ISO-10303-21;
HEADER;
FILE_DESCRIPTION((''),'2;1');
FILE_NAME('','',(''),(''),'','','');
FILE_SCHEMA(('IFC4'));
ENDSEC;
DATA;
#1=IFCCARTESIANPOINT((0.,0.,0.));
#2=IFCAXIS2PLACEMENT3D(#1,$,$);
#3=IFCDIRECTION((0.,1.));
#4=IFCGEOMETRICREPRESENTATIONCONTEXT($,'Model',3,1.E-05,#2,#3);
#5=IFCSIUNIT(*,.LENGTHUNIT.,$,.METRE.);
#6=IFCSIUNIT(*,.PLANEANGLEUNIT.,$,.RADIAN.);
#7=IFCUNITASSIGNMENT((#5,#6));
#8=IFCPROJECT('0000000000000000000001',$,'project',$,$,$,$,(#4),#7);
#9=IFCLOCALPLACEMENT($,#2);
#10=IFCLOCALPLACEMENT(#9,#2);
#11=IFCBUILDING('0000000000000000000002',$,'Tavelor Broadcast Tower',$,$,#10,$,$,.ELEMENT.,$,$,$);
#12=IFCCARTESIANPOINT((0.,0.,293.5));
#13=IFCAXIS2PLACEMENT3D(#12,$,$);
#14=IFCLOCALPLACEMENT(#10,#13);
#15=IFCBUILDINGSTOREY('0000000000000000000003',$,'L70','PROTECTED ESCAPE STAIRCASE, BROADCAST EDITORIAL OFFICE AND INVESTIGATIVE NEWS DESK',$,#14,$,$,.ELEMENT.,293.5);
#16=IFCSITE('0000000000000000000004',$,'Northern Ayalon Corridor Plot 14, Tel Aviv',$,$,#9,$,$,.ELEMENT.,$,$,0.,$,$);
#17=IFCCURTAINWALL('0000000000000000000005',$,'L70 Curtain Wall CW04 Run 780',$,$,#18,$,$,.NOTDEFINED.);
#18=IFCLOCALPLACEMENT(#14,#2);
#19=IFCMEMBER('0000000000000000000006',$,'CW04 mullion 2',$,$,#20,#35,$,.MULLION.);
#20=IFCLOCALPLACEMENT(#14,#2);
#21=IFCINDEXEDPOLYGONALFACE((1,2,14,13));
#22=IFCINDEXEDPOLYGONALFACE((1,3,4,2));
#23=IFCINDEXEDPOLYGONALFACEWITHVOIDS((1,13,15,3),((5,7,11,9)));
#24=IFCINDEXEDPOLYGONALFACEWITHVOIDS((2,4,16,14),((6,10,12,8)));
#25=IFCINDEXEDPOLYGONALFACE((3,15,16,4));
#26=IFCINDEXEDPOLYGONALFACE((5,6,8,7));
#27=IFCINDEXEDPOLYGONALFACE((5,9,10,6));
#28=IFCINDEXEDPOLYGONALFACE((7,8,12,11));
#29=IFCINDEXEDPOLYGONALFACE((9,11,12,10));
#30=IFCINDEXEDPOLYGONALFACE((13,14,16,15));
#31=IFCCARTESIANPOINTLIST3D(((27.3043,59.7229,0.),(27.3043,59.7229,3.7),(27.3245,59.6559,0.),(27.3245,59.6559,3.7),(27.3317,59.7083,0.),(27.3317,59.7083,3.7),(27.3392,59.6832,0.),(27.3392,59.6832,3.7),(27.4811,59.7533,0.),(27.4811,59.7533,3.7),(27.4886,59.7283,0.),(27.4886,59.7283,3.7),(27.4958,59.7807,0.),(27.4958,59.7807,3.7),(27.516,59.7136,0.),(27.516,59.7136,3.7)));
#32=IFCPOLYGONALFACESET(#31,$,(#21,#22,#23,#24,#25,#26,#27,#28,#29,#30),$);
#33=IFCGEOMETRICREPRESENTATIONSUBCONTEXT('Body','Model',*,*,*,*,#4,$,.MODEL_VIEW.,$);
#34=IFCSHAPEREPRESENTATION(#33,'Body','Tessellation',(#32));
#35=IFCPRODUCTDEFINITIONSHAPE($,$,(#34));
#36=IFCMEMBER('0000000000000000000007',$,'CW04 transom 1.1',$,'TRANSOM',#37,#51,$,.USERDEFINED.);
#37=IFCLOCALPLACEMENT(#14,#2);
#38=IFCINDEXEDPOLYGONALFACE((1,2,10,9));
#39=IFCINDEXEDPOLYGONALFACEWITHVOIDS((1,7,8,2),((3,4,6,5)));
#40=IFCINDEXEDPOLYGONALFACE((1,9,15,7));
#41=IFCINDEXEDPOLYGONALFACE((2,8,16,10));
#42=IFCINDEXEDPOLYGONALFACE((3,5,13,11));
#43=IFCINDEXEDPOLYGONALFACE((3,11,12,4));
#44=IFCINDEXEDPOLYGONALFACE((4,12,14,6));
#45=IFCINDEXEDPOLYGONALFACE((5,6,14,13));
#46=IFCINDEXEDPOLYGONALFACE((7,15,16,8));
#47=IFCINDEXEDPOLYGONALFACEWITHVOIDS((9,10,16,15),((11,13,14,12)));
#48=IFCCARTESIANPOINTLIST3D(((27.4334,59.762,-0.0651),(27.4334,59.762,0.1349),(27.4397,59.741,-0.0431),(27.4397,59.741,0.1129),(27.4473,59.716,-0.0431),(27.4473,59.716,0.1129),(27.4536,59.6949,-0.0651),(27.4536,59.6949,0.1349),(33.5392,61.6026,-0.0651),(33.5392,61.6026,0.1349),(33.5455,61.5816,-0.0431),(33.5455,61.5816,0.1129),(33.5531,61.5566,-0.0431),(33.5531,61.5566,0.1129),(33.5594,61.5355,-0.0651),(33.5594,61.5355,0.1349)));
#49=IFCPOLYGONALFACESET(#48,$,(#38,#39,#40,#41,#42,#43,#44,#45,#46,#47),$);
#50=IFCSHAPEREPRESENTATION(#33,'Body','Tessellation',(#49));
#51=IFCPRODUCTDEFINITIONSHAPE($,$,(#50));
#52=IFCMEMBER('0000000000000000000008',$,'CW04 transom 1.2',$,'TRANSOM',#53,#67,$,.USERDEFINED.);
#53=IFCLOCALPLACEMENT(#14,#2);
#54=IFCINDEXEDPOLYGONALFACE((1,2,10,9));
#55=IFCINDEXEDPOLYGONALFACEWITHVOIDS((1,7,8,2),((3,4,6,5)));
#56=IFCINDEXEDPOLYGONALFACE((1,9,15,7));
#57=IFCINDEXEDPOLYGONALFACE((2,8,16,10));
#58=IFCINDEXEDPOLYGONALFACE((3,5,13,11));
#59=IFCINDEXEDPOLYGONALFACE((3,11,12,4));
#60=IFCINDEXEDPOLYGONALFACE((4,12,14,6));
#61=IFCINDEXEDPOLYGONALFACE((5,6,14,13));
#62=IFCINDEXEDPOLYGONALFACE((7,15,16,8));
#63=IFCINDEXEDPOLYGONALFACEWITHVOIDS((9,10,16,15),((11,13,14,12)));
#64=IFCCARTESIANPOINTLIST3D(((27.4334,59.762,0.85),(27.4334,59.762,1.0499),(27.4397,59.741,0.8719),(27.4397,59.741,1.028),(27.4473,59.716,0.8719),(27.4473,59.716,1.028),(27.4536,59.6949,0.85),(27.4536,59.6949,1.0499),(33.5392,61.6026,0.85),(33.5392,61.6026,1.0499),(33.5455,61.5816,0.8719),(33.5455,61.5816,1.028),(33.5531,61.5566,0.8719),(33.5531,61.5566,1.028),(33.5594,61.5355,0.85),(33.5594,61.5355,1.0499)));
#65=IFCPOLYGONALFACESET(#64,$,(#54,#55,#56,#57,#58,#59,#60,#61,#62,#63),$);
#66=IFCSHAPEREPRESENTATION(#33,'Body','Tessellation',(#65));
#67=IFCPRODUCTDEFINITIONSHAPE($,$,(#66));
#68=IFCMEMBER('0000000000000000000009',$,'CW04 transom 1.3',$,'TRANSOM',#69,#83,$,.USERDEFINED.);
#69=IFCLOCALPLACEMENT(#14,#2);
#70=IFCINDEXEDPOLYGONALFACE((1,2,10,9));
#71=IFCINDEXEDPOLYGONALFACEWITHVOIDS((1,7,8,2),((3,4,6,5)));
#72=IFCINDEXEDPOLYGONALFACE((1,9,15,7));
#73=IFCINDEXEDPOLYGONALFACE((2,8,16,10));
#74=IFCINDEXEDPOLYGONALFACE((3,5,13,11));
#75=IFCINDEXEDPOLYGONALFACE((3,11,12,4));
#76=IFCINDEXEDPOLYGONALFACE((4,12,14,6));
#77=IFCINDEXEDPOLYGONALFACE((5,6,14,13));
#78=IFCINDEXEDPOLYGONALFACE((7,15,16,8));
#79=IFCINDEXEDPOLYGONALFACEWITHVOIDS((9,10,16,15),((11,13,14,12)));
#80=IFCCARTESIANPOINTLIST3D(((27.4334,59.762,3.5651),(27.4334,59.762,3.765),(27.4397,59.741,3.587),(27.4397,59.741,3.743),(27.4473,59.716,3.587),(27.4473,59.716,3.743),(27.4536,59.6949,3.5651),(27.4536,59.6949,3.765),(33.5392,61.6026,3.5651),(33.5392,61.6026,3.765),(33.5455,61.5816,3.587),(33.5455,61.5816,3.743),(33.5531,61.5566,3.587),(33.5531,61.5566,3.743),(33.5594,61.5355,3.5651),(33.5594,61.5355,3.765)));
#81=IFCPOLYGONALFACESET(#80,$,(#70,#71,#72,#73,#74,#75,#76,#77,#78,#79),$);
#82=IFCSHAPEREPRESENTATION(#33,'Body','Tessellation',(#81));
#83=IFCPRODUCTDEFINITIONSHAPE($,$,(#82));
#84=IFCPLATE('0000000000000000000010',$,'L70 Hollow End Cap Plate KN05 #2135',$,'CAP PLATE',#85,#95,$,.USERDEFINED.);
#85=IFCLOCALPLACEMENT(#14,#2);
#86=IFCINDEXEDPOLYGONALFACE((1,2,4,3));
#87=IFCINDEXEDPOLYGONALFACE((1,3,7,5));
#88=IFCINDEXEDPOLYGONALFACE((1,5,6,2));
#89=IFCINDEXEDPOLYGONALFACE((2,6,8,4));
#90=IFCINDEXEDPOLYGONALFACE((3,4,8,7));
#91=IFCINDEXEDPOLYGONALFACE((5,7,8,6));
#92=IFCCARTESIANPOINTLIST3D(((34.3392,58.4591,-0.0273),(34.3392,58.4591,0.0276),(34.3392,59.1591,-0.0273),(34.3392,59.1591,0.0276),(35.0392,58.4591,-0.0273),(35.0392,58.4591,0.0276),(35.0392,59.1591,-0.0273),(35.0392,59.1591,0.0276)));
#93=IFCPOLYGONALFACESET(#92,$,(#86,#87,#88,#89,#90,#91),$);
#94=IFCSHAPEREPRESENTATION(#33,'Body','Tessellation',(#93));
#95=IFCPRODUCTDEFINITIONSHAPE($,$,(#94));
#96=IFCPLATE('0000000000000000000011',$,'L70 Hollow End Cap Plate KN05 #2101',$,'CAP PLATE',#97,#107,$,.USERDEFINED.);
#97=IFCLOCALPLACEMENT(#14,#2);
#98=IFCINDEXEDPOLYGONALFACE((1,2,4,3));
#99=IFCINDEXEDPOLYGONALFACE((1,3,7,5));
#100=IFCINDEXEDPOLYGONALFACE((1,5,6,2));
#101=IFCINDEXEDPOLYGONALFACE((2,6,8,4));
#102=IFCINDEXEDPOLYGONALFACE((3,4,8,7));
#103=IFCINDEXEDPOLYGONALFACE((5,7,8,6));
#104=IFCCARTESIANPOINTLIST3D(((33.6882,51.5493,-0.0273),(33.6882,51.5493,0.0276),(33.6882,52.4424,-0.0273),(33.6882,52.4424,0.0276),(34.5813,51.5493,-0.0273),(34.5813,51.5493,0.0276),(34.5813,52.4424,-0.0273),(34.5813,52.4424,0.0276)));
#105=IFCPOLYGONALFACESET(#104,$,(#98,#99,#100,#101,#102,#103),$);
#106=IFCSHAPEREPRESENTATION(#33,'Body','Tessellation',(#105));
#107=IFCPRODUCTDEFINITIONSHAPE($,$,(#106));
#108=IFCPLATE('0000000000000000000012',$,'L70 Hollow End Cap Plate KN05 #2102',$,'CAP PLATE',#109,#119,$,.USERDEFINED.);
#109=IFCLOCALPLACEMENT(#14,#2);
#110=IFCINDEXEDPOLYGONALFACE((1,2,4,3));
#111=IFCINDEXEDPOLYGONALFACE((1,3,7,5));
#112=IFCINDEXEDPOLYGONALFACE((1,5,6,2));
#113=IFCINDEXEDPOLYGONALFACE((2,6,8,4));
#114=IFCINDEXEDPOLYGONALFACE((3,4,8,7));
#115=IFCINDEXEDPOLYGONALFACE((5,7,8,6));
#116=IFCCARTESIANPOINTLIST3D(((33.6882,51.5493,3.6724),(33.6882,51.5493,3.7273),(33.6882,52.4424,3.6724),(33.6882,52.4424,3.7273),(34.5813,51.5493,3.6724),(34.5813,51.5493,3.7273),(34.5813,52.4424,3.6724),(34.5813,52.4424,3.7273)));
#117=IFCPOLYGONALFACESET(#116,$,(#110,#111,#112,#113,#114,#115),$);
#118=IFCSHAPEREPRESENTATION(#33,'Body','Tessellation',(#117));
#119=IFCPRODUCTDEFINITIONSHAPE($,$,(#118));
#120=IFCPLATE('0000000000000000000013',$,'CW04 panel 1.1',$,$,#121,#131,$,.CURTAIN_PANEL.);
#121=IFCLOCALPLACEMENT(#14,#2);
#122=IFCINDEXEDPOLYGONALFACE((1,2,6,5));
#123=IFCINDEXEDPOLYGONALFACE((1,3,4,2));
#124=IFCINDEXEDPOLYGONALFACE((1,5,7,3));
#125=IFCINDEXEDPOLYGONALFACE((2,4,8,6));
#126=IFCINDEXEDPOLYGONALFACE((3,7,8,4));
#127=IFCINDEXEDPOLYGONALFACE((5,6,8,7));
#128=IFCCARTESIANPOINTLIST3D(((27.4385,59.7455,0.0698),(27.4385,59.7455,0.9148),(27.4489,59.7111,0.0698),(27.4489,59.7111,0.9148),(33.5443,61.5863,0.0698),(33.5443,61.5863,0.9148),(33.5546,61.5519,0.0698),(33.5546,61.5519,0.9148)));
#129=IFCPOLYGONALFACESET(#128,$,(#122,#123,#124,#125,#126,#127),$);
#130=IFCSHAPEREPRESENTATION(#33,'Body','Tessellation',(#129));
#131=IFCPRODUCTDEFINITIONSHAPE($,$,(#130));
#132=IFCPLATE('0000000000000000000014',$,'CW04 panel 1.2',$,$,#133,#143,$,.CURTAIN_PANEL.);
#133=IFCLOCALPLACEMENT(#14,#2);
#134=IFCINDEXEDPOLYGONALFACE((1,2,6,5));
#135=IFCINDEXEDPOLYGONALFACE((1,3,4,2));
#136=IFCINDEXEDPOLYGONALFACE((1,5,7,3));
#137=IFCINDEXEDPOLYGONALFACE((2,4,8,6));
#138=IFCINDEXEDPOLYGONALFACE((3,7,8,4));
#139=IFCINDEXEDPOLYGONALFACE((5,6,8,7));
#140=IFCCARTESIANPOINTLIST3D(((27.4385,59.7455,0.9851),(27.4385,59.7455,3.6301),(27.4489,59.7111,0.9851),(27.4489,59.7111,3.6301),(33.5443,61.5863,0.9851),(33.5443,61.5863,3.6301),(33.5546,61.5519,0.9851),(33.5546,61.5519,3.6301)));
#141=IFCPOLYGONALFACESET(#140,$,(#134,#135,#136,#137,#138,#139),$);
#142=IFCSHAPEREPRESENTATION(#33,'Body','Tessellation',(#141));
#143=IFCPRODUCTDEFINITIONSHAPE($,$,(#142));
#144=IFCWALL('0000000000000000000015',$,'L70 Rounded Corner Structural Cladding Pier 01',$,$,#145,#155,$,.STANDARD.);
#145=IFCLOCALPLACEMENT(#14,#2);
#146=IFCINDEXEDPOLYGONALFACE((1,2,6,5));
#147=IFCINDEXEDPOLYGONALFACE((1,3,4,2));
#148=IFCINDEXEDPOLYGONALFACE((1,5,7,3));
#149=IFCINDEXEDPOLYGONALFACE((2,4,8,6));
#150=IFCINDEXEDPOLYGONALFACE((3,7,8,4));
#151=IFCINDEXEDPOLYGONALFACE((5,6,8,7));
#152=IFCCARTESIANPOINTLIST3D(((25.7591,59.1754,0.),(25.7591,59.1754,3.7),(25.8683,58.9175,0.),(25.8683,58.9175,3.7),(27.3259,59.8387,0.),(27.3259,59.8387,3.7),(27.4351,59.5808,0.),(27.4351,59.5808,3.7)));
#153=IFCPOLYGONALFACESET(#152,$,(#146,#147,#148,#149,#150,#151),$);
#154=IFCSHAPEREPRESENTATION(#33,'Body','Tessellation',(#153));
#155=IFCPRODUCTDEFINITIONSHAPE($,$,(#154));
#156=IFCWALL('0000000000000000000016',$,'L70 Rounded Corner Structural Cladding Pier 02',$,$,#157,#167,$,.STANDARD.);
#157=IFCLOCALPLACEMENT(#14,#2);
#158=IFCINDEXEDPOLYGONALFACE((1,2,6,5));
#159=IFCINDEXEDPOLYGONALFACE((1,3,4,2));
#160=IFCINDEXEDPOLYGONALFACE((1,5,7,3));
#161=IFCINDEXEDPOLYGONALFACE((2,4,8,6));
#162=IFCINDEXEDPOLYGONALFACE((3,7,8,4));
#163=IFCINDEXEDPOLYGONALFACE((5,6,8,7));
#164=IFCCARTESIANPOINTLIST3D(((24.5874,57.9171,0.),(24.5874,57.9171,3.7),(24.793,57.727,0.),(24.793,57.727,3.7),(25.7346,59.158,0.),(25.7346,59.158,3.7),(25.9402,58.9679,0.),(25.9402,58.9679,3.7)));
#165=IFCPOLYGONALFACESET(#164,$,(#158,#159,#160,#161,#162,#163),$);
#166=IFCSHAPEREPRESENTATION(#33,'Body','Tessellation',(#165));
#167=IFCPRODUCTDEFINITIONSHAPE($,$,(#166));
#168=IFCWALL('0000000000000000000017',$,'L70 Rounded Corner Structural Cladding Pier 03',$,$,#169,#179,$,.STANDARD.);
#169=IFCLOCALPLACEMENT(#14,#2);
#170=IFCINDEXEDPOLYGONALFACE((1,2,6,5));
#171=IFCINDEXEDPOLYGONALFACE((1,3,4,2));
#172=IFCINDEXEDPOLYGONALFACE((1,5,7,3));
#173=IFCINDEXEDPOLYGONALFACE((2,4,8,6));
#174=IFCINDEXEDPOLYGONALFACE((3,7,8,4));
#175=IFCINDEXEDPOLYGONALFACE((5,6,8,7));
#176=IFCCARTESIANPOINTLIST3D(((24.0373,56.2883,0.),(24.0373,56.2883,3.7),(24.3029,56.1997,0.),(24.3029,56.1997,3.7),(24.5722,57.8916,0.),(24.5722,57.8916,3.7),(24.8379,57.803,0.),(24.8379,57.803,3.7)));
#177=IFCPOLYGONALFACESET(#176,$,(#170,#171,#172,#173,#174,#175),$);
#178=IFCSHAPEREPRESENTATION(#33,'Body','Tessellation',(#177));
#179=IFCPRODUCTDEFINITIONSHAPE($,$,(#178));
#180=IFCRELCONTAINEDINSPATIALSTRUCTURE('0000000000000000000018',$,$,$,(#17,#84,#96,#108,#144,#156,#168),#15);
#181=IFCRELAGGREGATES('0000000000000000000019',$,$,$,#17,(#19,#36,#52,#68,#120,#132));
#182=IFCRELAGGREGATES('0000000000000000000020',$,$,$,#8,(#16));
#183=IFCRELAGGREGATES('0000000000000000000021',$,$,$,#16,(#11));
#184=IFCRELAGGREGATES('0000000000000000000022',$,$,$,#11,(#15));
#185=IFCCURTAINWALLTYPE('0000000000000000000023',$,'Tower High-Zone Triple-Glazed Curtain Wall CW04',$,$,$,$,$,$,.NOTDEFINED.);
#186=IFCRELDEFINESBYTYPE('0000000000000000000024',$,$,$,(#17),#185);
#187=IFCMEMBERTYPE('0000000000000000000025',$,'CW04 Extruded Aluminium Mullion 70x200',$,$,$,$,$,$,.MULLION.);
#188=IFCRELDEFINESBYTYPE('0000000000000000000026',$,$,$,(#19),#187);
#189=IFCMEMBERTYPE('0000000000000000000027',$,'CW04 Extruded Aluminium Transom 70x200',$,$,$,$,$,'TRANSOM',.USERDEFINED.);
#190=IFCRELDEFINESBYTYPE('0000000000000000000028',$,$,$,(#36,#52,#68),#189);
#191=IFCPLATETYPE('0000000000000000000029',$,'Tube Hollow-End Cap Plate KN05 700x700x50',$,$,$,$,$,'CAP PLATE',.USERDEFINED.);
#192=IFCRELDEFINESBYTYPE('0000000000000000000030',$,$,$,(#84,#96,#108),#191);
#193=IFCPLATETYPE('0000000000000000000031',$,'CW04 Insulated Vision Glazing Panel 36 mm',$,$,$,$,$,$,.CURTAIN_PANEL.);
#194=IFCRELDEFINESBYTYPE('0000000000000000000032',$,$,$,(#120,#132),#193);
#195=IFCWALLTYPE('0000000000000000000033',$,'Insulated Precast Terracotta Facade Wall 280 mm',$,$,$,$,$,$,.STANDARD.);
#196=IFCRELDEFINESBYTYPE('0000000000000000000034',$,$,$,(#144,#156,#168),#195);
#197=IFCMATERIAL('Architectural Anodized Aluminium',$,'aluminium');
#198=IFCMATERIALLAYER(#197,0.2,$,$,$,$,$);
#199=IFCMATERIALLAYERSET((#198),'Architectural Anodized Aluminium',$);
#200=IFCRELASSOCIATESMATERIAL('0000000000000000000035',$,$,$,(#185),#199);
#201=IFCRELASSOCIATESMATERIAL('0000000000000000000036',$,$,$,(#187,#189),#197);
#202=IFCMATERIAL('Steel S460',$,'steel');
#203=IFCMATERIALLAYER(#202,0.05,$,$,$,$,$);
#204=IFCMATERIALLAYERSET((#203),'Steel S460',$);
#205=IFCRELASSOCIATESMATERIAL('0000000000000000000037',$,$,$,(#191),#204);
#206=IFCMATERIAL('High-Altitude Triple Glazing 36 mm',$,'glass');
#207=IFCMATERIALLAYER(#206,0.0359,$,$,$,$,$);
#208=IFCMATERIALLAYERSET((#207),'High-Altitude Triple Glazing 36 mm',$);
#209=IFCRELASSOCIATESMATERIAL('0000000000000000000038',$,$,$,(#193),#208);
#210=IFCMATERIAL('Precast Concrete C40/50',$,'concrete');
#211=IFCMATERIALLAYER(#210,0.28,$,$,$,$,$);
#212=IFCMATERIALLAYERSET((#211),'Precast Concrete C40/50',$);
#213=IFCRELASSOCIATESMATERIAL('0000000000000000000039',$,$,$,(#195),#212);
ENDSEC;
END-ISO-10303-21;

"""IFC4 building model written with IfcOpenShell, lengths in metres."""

from ifc_helpers import new_model, si_unit, direction, frame, frame_2d, origin, origin_2d, place, context, subcontext, project, spatial, rectangle, hollow_rectangle, extrude, source, transform, mapped, material, layer, layer_set, material_profile, profile_set, type_object, type_shapes, element, aggregate, save


model = new_model("IFC4")

# Units and contexts
model_context = context("Model", 3, precision=1e-05, world=origin(), true_north=direction((0.0, 1.0)))
body_context = subcontext(model_context, "Body", "Model", "MODEL_VIEW")
ifc_project = project(units=[si_unit("LENGTHUNIT", "METRE"), si_unit("PLANEANGLEUNIT", "RADIAN")], contexts=[model_context])

# Site, building, storey
site_placement = place(None, origin())
site = spatial("IfcSite", under=ifc_project, at=site_placement, Name="Northern Ayalon Corridor Plot 14, Tel Aviv", CompositionType="ELEMENT", RefElevation=0.0)
building_placement = place(site_placement, origin())
building = spatial("IfcBuilding", under=site, at=building_placement, Name="Tavelor Broadcast Tower", CompositionType="ELEMENT")
storey_placement = place(building_placement, frame((0.0, 0.0, 293.5)))
storey = spatial("IfcBuildingStorey", under=building, at=storey_placement, Name="L70", Description="PROTECTED ESCAPE STAIRCASE, BROADCAST EDITORIAL OFFICE AND INVESTIGATIVE NEWS DESK", CompositionType="ELEMENT", Elevation=293.5)

# Shared definitions
ifc_material_1 = material(Name="Steel S460", Category="steel")

# Shared definitions
ifc_material_2 = material(Name="Architectural Anodized Aluminium", Category="aluminium")
ifc_layer_1 = layer(ifc_material_2, 0.2)
ifc_layer_set_1 = layer_set([ifc_layer_1], Name="Architectural Anodized Aluminium")
curtain_wall_type = type_object("IfcCurtainWallType", Name="Tower High-Zone Triple-Glazed Curtain Wall CW04", PredefinedType="NOTDEFINED", material=ifc_layer_set_1)
ifc_material_profile_1 = material_profile(ifc_material_2, hollow_rectangle(XDim=0.0701, YDim=0.2, WallThickness=0.022, at=origin_2d()), Name="RHS 70x200x22")
ifc_profile_set_1 = profile_set([ifc_material_profile_1], Name="Architectural Anodized Aluminium")
member_type_1 = type_object("IfcMemberType", Name="CW04 Extruded Aluminium Mullion 70x200", PredefinedType="MULLION", material=ifc_profile_set_1)
shared_shape_1 = source(origin(), body_context, "Body", "SweptSolid", [
    extrude(hollow_rectangle(XDim=0.0701, YDim=0.2, WallThickness=0.022, at=origin_2d()), origin(), (0.0, 0.0, 1.0), 3.7),
])
type_shapes(member_type_1, [shared_shape_1])

# Curtain wall, members
curtain_wall_1_placement = place(storey_placement, origin())
curtain_wall_1 = element("IfcCurtainWall", 1, at=curtain_wall_1_placement, inside=storey, type_object=curtain_wall_type, Name="L70 Curtain Wall CW04 Run 780", PredefinedType="NOTDEFINED")
member_1_placement = place(storey_placement, frame((27.4102, 59.7183, 0.0), z_axis=(0.0, 0.0, 1.0), x_axis=(0.288651, -0.957434, 0.0)))
member_1 = element("IfcMember", 2, at=member_1_placement, type_object=member_type_1, Name="CW04 mullion 2", PredefinedType="MULLION", context=body_context, shape_type="MappedRepresentation", body=[
    mapped(shared_shape_1, transform((0.0, 0.0, 0.0), scale=1.0)),
])
ifc_material_profile_2 = material_profile(ifc_material_2, hollow_rectangle(XDim=0.0701, YDim=0.2, WallThickness=0.022, at=origin_2d()), Name="RHS 70x200x22")
ifc_profile_set_2 = profile_set([ifc_material_profile_2], Name="Architectural Anodized Aluminium")
member_type_2 = type_object("IfcMemberType", Name="CW04 Extruded Aluminium Transom 70x200", ElementType="TRANSOM", PredefinedType="USERDEFINED", material=ifc_profile_set_2)
shared_shape_2 = source(origin(), body_context, "Body", "SweptSolid", [
    extrude(hollow_rectangle(XDim=0.0701, YDim=0.2, WallThickness=0.022, at=origin_2d()), origin(), (0.0, 0.0, 1.0), 6.3772),
])
type_shapes(member_type_2, [shared_shape_2])
member_2_placement = place(storey_placement, frame((33.5493, 61.5691, 0.0349), z_axis=(-0.957443, -0.288623, 0.0), x_axis=(0.288623, -0.957443, 0.0)))
member_2 = element("IfcMember", 3, at=member_2_placement, type_object=member_type_2, Name="CW04 transom 1.1", ObjectType="TRANSOM", PredefinedType="USERDEFINED", context=body_context, shape_type="MappedRepresentation", body=[
    mapped(shared_shape_2, transform((0.0, 0.0, 0.0), scale=1.0)),
])
member_3_placement = place(storey_placement, frame((33.5493, 61.5691, 0.95), z_axis=(-0.957443, -0.288623, 0.0), x_axis=(0.288623, -0.957443, 0.0)))
member_3 = element("IfcMember", 4, at=member_3_placement, type_object=member_type_2, Name="CW04 transom 1.2", ObjectType="TRANSOM", PredefinedType="USERDEFINED", context=body_context, shape_type="MappedRepresentation", body=[
    mapped(shared_shape_2, transform((0.0, 0.0, 0.0), scale=1.0)),
])
member_4_placement = place(storey_placement, frame((33.5493, 61.5691, 3.665), z_axis=(-0.957443, -0.288623, 0.0), x_axis=(0.288623, -0.957443, 0.0)))
member_4 = element("IfcMember", 5, at=member_4_placement, type_object=member_type_2, Name="CW04 transom 1.3", ObjectType="TRANSOM", PredefinedType="USERDEFINED", context=body_context, shape_type="MappedRepresentation", body=[
    mapped(shared_shape_2, transform((0.0, 0.0, 0.0), scale=1.0)),
])

# Plates
ifc_layer_2 = layer(ifc_material_1, 0.05)
ifc_layer_set_2 = layer_set([ifc_layer_2], Name="Steel S460")
plate_type_1 = type_object("IfcPlateType", Name="Tube Hollow-End Cap Plate KN05 700x700x50", ElementType="CAP PLATE", PredefinedType="USERDEFINED", material=ifc_layer_set_2)
shared_shape_3 = source(origin(), body_context, "Body", "SweptSolid", [
    extrude(rectangle(XDim=0.7, YDim=0.7, at=origin_2d()), origin(), (0.0, 0.0, 1.0), 0.0549),
])
plate_1_placement = place(storey_placement, frame((34.6892, 58.8091, -0.0273), z_axis=(0.0, 0.0, 1.0), x_axis=(1.0, 0.0, 0.0)))
element("IfcPlate", 6, at=plate_1_placement, inside=storey, type_object=plate_type_1, Name="L70 Hollow End Cap Plate KN05 #2135", ObjectType="CAP PLATE", PredefinedType="USERDEFINED", context=body_context, shape_type="MappedRepresentation", body=[
    mapped(shared_shape_3, transform((0.0, 0.0, 0.0), scale=1.0)),
])
shared_shape_4 = source(origin(), body_context, "Body", "SweptSolid", [
    extrude(rectangle(XDim=0.8931, YDim=0.8931, at=origin_2d()), origin(), (0.0, 0.0, 1.0), 0.0549),
])
type_shapes(plate_type_1, [shared_shape_3, shared_shape_4])
for number, where, z_axis, x_axis, name in (
    (7, (34.1348, 51.9958, -0.0273), (0.0, 0.0, 1.0), (1.0, 0.0, 0.0), "L70 Hollow End Cap Plate KN05 #2101"),
    (8, (34.1348, 51.9958, 3.6724), (0.0, 0.0, 1.0), (1.0, 0.0, 0.0), "L70 Hollow End Cap Plate KN05 #2102"),
):
    element("IfcPlate", number, at=place(storey_placement, frame(where, z_axis=z_axis, x_axis=x_axis)), inside=storey, type_object=plate_type_1, Name=name, ObjectType="CAP PLATE", PredefinedType="USERDEFINED", context=body_context, shape_type="MappedRepresentation", body=[
        mapped(shared_shape_4, transform((0.0, 0.0, 0.0), scale=1.0)),
    ])

# Plates
ifc_material_3 = material(Name="High-Altitude Triple Glazing 36 mm", Category="glass")
ifc_layer_3 = layer(ifc_material_3, 0.0359)
ifc_layer_set_3 = layer_set([ifc_layer_3], Name="High-Altitude Triple Glazing 36 mm")
plate_type_2 = type_object("IfcPlateType", Name="CW04 Insulated Vision Glazing Panel 36 mm", PredefinedType="CURTAIN_PANEL", material=ifc_layer_set_3)
shared_shape_5 = source(origin(), body_context, "Body", "SweptSolid", [
    extrude(rectangle(XDim=6.3772, YDim=0.0359, at=origin_2d()), origin(), (0.0, 0.0, 1.0), 0.845),
])
plate_2_placement = place(storey_placement, frame((30.4966, 60.6487, 0.0698), z_axis=(0.0, 0.0, 1.0), x_axis=(-0.957434, -0.288651, 0.0)))
plate_2 = element("IfcPlate", 9, at=plate_2_placement, type_object=plate_type_2, Name="CW04 panel 1.1", PredefinedType="CURTAIN_PANEL", context=body_context, shape_type="MappedRepresentation", body=[
    mapped(shared_shape_5, transform((0.0, 0.0, 0.0), scale=1.0)),
])
shared_shape_6 = source(origin(), body_context, "Body", "SweptSolid", [
    extrude(rectangle(XDim=6.3772, YDim=0.0359, at=origin_2d()), origin(), (0.0, 0.0, 1.0), 2.645),
])
type_shapes(plate_type_2, [shared_shape_5, shared_shape_6])
plate_3_placement = place(storey_placement, frame((30.4966, 60.6487, 0.9851), z_axis=(0.0, 0.0, 1.0), x_axis=(-0.957434, -0.288651, 0.0)))
plate_3 = element("IfcPlate", 10, at=plate_3_placement, type_object=plate_type_2, Name="CW04 panel 1.2", PredefinedType="CURTAIN_PANEL", context=body_context, shape_type="MappedRepresentation", body=[
    mapped(shared_shape_6, transform((0.0, 0.0, 0.0), scale=1.0)),
])
aggregate(curtain_wall_1, [member_1, member_2, member_3, member_4, plate_2, plate_3])

# Walls
ifc_material_4 = material(Name="Precast Concrete C40/50", Category="concrete")
ifc_layer_4 = layer(ifc_material_4, 0.28)
ifc_layer_set_4 = layer_set([ifc_layer_4], Name="Precast Concrete C40/50")
wall_type_1 = type_object("IfcWallType", Name="Insulated Precast Terracotta Facade Wall 280 mm", PredefinedType="STANDARD", material=ifc_layer_set_4)
wall_1_placement = place(storey_placement, frame((27.3804, 59.7097, 0.0), z_axis=(0.0, 0.0, 1.0), x_axis=(-0.92088, -0.389846, 0.0)))
element("IfcWall", 11, at=wall_1_placement, inside=storey, type_object=wall_type_1, Name="L70 Rounded Corner Structural Cladding Pier 01", PredefinedType="STANDARD", context=body_context, shape_type="SweptSolid", body=[
    extrude(rectangle(XDim=1.7014, YDim=0.28, at=frame_2d((0.8506, 0.0))), origin(), (0.0, 0.0, 1.0), 3.7),
])
wall_2_placement = place(storey_placement, frame((25.8374, 59.063, 0.0), z_axis=(0.0, 0.0, 1.0), x_axis=(-0.678826, -0.734299, 0.0)))
element("IfcWall", 12, at=wall_2_placement, inside=storey, type_object=wall_type_1, Name="L70 Rounded Corner Structural Cladding Pier 02", PredefinedType="STANDARD", context=body_context, shape_type="SweptSolid", body=[
    extrude(rectangle(XDim=1.6899, YDim=0.28, at=frame_2d((0.845, 0.0))), origin(), (0.0, 0.0, 1.0), 3.7),
])
wall_3_placement = place(storey_placement, frame((24.7051, 57.8474, 0.0), z_axis=(0.0, 0.0, 1.0), x_axis=(-0.316488, -0.948597, 0.0)))
element("IfcWall", 13, at=wall_3_placement, inside=storey, type_object=wall_type_1, Name="L70 Rounded Corner Structural Cladding Pier 03", PredefinedType="STANDARD", context=body_context, shape_type="SweptSolid", body=[
    extrude(rectangle(XDim=1.6902, YDim=0.28, at=frame_2d((0.8452, 0.0))), origin(), (0.0, 0.0, 1.0), 3.7),
])

save(model, "model.ifc")
